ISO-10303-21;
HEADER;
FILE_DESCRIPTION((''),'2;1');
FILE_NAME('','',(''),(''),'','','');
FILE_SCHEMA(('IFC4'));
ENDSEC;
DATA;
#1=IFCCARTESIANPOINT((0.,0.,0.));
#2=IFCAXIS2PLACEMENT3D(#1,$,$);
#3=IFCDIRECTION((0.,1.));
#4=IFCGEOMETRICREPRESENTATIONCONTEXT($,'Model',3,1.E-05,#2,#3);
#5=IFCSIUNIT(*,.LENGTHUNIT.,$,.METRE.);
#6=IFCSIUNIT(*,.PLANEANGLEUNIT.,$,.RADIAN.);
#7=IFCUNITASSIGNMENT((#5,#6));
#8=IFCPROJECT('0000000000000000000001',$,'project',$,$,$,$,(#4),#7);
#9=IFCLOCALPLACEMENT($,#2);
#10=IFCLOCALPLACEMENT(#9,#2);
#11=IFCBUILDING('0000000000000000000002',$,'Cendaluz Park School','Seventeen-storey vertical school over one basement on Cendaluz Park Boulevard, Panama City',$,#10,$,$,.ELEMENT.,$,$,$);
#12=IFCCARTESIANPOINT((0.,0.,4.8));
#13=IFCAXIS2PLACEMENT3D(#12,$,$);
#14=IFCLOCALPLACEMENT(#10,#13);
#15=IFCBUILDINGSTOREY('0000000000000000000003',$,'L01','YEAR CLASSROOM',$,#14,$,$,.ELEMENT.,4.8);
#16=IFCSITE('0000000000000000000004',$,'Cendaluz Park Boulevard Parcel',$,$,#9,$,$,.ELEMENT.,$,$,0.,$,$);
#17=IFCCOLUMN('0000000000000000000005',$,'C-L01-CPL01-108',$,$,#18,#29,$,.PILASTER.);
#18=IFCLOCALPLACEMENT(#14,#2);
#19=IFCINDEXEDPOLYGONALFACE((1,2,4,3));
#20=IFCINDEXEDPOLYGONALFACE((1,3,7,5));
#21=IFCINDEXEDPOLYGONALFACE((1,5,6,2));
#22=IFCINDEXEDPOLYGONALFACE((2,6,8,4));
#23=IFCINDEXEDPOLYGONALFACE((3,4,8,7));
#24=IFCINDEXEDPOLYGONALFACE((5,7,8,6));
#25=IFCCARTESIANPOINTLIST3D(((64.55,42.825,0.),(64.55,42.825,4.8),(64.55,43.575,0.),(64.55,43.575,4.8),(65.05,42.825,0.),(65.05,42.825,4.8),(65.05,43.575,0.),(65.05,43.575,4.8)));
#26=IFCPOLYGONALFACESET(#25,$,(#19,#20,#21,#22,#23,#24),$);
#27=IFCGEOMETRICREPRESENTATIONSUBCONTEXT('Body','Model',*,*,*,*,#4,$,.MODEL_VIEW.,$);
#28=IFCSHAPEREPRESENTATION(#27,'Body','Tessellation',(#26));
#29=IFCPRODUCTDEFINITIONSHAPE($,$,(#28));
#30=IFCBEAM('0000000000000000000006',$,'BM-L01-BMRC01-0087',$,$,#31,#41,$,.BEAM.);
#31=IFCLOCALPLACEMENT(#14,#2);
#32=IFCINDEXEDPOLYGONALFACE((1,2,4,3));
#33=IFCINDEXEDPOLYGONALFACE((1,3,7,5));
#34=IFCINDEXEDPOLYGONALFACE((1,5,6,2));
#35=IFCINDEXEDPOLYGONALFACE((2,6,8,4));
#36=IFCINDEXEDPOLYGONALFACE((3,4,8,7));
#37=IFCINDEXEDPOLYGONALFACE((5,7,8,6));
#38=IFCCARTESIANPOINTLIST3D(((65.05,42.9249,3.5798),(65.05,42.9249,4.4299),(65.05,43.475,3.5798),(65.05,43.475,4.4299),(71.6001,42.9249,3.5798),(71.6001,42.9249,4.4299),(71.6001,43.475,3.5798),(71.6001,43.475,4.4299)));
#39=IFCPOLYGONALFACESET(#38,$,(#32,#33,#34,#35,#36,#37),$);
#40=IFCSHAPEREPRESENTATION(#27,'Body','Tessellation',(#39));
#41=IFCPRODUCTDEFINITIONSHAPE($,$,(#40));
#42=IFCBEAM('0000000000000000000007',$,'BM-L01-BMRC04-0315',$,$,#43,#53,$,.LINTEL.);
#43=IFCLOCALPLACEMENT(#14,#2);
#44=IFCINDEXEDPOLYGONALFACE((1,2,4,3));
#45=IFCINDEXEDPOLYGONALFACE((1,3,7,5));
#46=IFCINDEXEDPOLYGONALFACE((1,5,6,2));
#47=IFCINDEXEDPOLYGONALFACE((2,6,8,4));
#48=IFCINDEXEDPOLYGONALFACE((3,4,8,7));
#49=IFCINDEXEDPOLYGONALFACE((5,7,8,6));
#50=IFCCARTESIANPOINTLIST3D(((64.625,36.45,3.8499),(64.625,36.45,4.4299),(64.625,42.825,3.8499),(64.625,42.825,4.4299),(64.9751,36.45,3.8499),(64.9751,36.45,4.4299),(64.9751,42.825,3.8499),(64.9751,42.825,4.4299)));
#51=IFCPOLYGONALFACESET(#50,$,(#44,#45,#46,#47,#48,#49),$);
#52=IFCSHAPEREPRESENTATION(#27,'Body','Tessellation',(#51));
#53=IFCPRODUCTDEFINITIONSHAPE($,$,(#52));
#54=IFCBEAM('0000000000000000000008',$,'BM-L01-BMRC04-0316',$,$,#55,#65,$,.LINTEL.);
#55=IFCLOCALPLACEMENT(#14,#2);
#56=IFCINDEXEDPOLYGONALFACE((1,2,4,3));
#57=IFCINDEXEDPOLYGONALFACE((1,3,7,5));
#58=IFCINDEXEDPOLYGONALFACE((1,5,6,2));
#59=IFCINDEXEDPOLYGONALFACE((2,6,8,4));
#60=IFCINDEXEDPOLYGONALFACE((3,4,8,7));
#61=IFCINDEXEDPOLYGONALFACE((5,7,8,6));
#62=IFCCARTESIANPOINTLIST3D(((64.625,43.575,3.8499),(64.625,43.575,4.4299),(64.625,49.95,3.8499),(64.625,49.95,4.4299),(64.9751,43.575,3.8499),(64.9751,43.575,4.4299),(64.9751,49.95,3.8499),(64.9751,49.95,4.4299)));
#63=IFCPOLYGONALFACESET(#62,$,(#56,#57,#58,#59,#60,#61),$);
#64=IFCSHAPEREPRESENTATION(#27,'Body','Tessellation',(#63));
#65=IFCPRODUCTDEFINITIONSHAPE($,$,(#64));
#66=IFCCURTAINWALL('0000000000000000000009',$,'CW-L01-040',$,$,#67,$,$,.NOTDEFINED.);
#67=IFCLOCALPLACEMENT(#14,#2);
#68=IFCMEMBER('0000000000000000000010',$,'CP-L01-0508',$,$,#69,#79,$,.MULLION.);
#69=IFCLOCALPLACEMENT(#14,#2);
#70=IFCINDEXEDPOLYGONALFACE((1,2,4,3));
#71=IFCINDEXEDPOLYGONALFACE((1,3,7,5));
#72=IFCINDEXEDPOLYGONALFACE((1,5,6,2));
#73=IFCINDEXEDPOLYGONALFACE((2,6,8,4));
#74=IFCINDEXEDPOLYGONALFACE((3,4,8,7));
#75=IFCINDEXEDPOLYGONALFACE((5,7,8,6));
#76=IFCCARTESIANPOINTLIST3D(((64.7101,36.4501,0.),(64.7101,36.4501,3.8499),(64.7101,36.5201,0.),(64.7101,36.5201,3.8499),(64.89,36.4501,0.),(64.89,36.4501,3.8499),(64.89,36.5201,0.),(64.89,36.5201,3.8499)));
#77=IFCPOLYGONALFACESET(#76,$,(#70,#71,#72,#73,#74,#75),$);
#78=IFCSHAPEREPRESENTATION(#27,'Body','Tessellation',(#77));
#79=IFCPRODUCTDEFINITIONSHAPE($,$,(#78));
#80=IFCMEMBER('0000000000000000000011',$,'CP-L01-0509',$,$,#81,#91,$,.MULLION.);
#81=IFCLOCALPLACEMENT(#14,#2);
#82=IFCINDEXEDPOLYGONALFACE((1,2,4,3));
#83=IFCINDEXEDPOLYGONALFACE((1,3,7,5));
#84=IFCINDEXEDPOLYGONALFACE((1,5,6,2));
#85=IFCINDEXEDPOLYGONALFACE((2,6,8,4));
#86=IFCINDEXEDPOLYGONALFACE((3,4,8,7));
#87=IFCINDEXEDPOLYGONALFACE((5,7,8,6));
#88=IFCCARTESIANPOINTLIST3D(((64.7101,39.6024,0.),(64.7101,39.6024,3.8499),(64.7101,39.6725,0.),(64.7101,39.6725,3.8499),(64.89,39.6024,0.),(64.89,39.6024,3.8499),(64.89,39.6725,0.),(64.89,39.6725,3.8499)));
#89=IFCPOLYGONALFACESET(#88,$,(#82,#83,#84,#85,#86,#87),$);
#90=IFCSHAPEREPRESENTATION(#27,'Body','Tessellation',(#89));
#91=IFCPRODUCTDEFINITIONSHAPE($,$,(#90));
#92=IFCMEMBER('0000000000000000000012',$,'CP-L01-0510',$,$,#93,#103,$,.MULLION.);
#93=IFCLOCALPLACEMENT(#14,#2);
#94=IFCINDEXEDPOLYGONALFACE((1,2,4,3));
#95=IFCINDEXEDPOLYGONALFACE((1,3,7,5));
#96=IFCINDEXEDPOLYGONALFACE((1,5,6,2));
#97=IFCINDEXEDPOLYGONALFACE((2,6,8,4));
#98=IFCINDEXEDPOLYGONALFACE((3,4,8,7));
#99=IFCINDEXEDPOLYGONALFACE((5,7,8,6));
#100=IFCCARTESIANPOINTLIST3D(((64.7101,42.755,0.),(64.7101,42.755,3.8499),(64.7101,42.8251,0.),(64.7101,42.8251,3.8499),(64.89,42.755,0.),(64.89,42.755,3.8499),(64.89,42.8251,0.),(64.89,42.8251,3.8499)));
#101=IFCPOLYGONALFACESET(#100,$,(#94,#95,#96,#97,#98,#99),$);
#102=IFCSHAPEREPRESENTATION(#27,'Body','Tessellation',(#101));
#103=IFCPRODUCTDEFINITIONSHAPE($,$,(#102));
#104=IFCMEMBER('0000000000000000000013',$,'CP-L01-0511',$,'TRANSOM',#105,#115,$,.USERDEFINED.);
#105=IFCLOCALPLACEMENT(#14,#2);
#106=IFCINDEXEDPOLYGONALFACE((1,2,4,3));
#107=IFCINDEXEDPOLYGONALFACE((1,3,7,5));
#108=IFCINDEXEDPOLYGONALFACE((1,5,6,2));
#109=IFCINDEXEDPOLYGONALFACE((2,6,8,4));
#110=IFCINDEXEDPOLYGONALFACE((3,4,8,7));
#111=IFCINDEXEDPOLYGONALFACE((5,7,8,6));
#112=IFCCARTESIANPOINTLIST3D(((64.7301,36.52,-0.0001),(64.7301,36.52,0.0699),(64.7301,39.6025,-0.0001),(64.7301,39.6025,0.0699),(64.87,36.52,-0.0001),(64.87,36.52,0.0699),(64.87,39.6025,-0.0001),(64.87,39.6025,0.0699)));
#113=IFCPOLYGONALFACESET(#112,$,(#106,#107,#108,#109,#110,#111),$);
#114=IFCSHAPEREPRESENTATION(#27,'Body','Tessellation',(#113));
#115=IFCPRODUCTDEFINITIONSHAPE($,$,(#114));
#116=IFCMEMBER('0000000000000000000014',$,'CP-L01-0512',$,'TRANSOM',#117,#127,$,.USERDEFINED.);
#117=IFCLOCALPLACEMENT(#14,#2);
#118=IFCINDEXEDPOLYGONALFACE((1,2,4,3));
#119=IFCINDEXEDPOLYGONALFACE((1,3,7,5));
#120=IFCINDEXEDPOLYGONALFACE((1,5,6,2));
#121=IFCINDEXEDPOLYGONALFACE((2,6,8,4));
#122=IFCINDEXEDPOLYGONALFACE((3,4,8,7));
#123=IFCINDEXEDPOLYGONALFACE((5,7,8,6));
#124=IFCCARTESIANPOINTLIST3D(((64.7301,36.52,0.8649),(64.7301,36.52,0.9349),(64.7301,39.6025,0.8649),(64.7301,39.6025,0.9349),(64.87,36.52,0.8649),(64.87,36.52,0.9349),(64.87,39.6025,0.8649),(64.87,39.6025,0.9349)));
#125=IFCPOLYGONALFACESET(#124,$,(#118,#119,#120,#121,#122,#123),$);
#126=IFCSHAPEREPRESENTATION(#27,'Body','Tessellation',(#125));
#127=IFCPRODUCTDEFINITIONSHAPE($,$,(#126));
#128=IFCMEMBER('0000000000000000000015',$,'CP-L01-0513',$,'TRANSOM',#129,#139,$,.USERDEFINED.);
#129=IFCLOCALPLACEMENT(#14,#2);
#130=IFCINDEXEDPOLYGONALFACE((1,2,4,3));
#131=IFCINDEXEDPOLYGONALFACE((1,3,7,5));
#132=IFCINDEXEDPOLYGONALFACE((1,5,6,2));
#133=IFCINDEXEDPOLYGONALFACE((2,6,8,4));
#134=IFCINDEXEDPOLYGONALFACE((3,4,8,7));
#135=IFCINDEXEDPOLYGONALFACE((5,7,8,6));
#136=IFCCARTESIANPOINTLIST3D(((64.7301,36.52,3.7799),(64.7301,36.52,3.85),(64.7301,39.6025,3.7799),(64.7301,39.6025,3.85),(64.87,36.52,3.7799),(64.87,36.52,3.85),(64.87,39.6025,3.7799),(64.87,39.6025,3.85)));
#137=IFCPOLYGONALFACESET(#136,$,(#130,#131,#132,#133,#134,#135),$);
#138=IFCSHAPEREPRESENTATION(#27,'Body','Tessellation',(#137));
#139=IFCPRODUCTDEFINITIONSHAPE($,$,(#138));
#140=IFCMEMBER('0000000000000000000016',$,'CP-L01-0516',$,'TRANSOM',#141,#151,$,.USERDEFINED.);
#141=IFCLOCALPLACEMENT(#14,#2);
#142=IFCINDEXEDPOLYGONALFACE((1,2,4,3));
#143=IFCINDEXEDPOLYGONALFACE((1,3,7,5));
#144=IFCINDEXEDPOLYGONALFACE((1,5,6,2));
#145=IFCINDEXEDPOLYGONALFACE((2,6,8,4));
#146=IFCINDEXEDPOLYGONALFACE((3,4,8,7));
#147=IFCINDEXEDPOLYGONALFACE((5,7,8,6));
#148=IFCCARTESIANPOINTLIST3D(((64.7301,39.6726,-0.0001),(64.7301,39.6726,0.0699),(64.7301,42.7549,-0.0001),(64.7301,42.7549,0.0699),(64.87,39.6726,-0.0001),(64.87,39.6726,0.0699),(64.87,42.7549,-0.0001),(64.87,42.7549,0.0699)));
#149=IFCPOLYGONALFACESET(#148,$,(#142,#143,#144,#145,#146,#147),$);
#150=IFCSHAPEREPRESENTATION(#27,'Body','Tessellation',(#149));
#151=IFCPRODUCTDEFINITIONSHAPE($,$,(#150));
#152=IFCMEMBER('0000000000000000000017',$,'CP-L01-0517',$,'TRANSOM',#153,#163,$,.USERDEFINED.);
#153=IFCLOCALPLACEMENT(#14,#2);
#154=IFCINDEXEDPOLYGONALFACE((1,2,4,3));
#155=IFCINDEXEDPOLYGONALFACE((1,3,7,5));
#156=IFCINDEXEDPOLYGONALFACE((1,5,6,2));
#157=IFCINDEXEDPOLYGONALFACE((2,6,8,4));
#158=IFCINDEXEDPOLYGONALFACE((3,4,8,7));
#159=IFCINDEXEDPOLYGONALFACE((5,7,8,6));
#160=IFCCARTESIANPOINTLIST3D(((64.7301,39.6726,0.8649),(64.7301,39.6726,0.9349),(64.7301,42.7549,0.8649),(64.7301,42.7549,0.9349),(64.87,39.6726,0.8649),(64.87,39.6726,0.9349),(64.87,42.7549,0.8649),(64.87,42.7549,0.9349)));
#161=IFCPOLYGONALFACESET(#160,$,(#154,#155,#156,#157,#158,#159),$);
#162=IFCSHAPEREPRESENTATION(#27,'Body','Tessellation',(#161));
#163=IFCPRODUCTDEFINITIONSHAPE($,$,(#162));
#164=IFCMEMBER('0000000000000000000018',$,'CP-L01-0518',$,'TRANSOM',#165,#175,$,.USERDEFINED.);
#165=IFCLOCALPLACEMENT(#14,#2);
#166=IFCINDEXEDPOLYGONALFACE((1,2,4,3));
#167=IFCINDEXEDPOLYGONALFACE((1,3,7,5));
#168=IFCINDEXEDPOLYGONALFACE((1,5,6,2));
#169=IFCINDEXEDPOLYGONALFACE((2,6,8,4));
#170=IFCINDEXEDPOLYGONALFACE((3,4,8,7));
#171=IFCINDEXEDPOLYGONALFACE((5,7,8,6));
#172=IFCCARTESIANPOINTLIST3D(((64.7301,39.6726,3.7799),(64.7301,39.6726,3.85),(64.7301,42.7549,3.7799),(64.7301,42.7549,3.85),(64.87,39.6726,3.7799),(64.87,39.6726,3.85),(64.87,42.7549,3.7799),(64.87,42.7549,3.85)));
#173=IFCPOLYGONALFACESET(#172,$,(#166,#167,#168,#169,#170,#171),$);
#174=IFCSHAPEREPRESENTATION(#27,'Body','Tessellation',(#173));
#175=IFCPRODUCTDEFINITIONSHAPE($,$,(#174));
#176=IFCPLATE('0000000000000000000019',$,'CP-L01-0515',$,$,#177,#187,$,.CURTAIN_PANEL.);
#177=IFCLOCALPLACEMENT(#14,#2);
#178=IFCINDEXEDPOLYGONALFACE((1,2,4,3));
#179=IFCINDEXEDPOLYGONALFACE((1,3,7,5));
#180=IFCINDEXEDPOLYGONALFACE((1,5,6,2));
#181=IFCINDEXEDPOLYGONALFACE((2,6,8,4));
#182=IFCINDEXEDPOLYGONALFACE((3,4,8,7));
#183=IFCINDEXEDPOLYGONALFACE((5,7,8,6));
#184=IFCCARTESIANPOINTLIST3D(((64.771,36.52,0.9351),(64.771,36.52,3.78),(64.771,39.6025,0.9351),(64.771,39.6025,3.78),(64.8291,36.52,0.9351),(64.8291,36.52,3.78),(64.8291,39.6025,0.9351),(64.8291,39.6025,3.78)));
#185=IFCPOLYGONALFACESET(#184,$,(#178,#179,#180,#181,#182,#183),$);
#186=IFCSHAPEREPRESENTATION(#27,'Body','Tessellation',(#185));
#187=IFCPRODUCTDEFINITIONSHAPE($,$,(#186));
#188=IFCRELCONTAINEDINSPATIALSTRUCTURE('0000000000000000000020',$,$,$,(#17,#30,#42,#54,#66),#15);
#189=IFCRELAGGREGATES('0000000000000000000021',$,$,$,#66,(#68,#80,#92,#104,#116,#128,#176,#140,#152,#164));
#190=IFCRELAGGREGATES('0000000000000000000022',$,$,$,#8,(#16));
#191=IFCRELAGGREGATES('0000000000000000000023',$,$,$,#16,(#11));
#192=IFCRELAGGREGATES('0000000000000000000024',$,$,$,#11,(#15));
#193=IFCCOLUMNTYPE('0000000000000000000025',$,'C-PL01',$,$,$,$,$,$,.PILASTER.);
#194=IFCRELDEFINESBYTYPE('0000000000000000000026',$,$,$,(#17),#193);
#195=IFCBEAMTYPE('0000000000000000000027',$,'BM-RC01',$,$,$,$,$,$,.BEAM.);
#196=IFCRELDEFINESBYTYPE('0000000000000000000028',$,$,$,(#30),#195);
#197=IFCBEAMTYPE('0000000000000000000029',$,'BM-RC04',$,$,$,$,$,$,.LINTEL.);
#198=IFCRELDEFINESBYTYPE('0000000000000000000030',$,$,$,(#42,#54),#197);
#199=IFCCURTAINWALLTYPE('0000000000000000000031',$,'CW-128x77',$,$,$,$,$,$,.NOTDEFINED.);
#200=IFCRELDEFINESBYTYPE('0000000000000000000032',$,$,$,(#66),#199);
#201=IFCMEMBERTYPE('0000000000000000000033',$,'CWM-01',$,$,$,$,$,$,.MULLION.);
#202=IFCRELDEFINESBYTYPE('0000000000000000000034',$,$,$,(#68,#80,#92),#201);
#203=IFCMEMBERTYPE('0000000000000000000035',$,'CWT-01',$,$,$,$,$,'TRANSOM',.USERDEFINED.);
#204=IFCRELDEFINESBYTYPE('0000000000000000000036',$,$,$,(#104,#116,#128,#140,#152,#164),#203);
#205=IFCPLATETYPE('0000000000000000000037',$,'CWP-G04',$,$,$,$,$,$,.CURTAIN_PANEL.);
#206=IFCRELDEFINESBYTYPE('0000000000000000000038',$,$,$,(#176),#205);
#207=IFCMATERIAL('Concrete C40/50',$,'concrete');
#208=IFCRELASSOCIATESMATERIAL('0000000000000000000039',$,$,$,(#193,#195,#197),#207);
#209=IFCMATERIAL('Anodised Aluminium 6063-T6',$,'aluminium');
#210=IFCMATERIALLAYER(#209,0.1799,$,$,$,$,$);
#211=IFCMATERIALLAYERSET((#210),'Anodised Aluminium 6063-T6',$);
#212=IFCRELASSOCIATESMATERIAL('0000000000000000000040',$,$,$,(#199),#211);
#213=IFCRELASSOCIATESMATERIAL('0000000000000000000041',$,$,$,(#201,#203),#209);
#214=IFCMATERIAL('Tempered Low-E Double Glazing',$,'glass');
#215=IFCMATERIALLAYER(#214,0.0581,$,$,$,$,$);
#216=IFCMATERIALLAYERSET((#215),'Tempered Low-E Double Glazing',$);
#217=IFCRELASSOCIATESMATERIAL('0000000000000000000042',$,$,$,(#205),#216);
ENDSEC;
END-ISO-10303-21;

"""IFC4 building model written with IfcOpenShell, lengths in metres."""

from ifc_helpers import new_model, si_unit, direction, frame, origin, origin_2d, place, context, subcontext, project, spatial, rectangle, extrude, material, layer, layer_set, material_profile, profile_set, type_object, element, aggregate, save


model = new_model("IFC4")

# Units and contexts
model_context = context("Model", 3, precision=1e-05, world=origin(), true_north=direction((0.0, 1.0)))
body_context = subcontext(model_context, "Body", "Model", "MODEL_VIEW")
ifc_project = project(units=[si_unit("LENGTHUNIT", "METRE"), si_unit("PLANEANGLEUNIT", "RADIAN")], contexts=[model_context])

# Site, building, storey
site_placement = place(None, origin())
site = spatial("IfcSite", under=ifc_project, at=site_placement, Name="Cendaluz Park Boulevard Parcel", CompositionType="ELEMENT", RefElevation=0.0)
building_placement = place(site_placement, origin())
building = spatial("IfcBuilding", under=site, at=building_placement, Name="Cendaluz Park School", Description="Seventeen-storey vertical school over one basement on Cendaluz Park Boulevard, Panama City", CompositionType="ELEMENT")
storey_placement = place(building_placement, frame((0.0, 0.0, 4.8)))
storey = spatial("IfcBuildingStorey", under=building, at=storey_placement, Name="L01", Description="YEAR CLASSROOM", CompositionType="ELEMENT", Elevation=4.8)

# Column
ifc_material_1 = material(Name="Concrete C40/50", Category="concrete")
ifc_material_profile_1 = material_profile(ifc_material_1, rectangle(XDim=0.5, YDim=0.75, at=origin_2d()), Name="RC 500x750", Category="concrete")
ifc_profile_set_1 = profile_set([ifc_material_profile_1], Name="Concrete C40/50")
column_type = type_object("IfcColumnType", Name="C-PL01", PredefinedType="PILASTER", material=ifc_profile_set_1)
column_placement = place(storey_placement, frame((64.8, 43.2, 0.0), z_axis=(0.0, 0.0, 1.0), x_axis=(1.0, 0.0, 0.0)))
element("IfcColumn", 1, at=column_placement, inside=storey, type_object=column_type, Name="C-L01-CPL01-108", PredefinedType="PILASTER", context=body_context, shape_type="SweptSolid", body=[
    extrude(rectangle(XDim=0.5, YDim=0.75, at=origin_2d()), origin(), (0.0, 0.0, 1.0), 4.8),
])

# Beams
ifc_material_profile_2 = material_profile(ifc_material_1, rectangle(XDim=0.55, YDim=0.8501, at=origin_2d()), Name="RC 550x850", Category="concrete")
ifc_profile_set_2 = profile_set([ifc_material_profile_2], Name="Concrete C40/50")
beam_type_1 = type_object("IfcBeamType", Name="BM-RC01", PredefinedType="BEAM", material=ifc_profile_set_2)
beam_placement = place(storey_placement, frame((65.05, 43.2, 4.0049), z_axis=(1.0, 0.0, 0.0), x_axis=(0.0, 1.0, 0.0)))
element("IfcBeam", 2, at=beam_placement, inside=storey, type_object=beam_type_1, Name="BM-L01-BMRC01-0087", PredefinedType="BEAM", context=body_context, shape_type="SweptSolid", body=[
    extrude(rectangle(XDim=0.55, YDim=0.8501, at=origin_2d()), origin(), (0.0, 0.0, 1.0), 6.55),
])
ifc_material_profile_3 = material_profile(ifc_material_1, rectangle(XDim=0.3501, YDim=0.5801, at=origin_2d()), Name="RC 350x580", Category="concrete")
ifc_profile_set_3 = profile_set([ifc_material_profile_3], Name="Concrete C40/50")
beam_type_2 = type_object("IfcBeamType", Name="BM-RC04", PredefinedType="LINTEL", material=ifc_profile_set_3)
for number, where, z_axis, x_axis, name in (
    (3, (64.8, 36.45, 4.1399), (0.0, 1.0, 0.0), (-1.0, 0.0, 0.0), "BM-L01-BMRC04-0315"),
    (4, (64.8, 43.575, 4.1399), (0.0, 1.0, 0.0), (-1.0, 0.0, 0.0), "BM-L01-BMRC04-0316"),
):
    element("IfcBeam", number, at=place(storey_placement, frame(where, z_axis=z_axis, x_axis=x_axis)), inside=storey, type_object=beam_type_2, Name=name, PredefinedType="LINTEL", context=body_context, shape_type="SweptSolid", body=[
        extrude(rectangle(XDim=0.3501, YDim=0.5801, at=origin_2d()), origin(), (0.0, 0.0, 1.0), 6.375),
    ])

# Curtain wall, members, plate
ifc_material_2 = material(Name="Anodised Aluminium 6063-T6", Category="aluminium")
ifc_layer_1 = layer(ifc_material_2, 0.1799)
ifc_layer_set_1 = layer_set([ifc_layer_1], Name="Anodised Aluminium 6063-T6")
curtain_wall_type = type_object("IfcCurtainWallType", Name="CW-128x77", PredefinedType="NOTDEFINED", material=ifc_layer_set_1)
curtain_wall_placement = place(storey_placement, origin())
curtain_wall = element("IfcCurtainWall", 5, at=curtain_wall_placement, inside=storey, type_object=curtain_wall_type, Name="CW-L01-040", PredefinedType="NOTDEFINED")
ifc_material_profile_4 = material_profile(ifc_material_2, rectangle(XDim=0.1799, YDim=0.0701, at=origin_2d()), Name="CWM 180x70", Category="aluminium")
ifc_profile_set_4 = profile_set([ifc_material_profile_4], Name="Anodised Aluminium 6063-T6")
member_type_1 = type_object("IfcMemberType", Name="CWM-01", PredefinedType="MULLION", material=ifc_profile_set_4)
member_1_placement = place(storey_placement, frame((64.8, 36.4851, 0.0), z_axis=(0.0, 0.0, 1.0), x_axis=(-1.0, 0.0, 0.0)))
member_1 = element("IfcMember", 6, at=member_1_placement, type_object=member_type_1, Name="CP-L01-0508", PredefinedType="MULLION", context=body_context, shape_type="SweptSolid", body=[
    extrude(rectangle(XDim=0.1799, YDim=0.0701, at=origin_2d()), origin(), (0.0, 0.0, 1.0), 3.8499),
])
member_2_placement = place(storey_placement, frame((64.8, 39.6375, 0.0), z_axis=(0.0, 0.0, 1.0), x_axis=(-1.0, 0.0, 0.0)))
member_2 = element("IfcMember", 7, at=member_2_placement, type_object=member_type_1, Name="CP-L01-0509", PredefinedType="MULLION", context=body_context, shape_type="SweptSolid", body=[
    extrude(rectangle(XDim=0.1799, YDim=0.0701, at=origin_2d()), origin(), (0.0, 0.0, 1.0), 3.8499),
])
member_3_placement = place(storey_placement, frame((64.8, 42.79, 0.0), z_axis=(0.0, 0.0, 1.0), x_axis=(-1.0, 0.0, 0.0)))
member_3 = element("IfcMember", 8, at=member_3_placement, type_object=member_type_1, Name="CP-L01-0510", PredefinedType="MULLION", context=body_context, shape_type="SweptSolid", body=[
    extrude(rectangle(XDim=0.1799, YDim=0.0701, at=origin_2d()), origin(), (0.0, 0.0, 1.0), 3.8499),
])
ifc_material_profile_5 = material_profile(ifc_material_2, rectangle(XDim=0.1399, YDim=0.0701, at=origin_2d()), Name="CWT 140x70", Category="aluminium")
ifc_profile_set_5 = profile_set([ifc_material_profile_5], Name="Anodised Aluminium 6063-T6")
member_type_2 = type_object("IfcMemberType", Name="CWT-01", ElementType="TRANSOM", PredefinedType="USERDEFINED", material=ifc_profile_set_5)
member_4_placement = place(storey_placement, frame((64.8, 36.52, 0.0349), z_axis=(0.0, 1.0, 0.0), x_axis=(-1.0, 0.0, 0.0)))
member_4 = element("IfcMember", 9, at=member_4_placement, type_object=member_type_2, Name="CP-L01-0511", ObjectType="TRANSOM", PredefinedType="USERDEFINED", context=body_context, shape_type="SweptSolid", body=[
    extrude(rectangle(XDim=0.1399, YDim=0.0701, at=origin_2d()), origin(), (0.0, 0.0, 1.0), 3.0825),
])
member_5_placement = place(storey_placement, frame((64.8, 36.52, 0.8999), z_axis=(0.0, 1.0, 0.0), x_axis=(-1.0, 0.0, 0.0)))
member_5 = element("IfcMember", 10, at=member_5_placement, type_object=member_type_2, Name="CP-L01-0512", ObjectType="TRANSOM", PredefinedType="USERDEFINED", context=body_context, shape_type="SweptSolid", body=[
    extrude(rectangle(XDim=0.1399, YDim=0.0701, at=origin_2d()), origin(), (0.0, 0.0, 1.0), 3.0825),
])
member_6_placement = place(storey_placement, frame((64.8, 36.52, 3.8149), z_axis=(0.0, 1.0, 0.0), x_axis=(-1.0, 0.0, 0.0)))
member_6 = element("IfcMember", 11, at=member_6_placement, type_object=member_type_2, Name="CP-L01-0513", ObjectType="TRANSOM", PredefinedType="USERDEFINED", context=body_context, shape_type="SweptSolid", body=[
    extrude(rectangle(XDim=0.1399, YDim=0.0701, at=origin_2d()), origin(), (0.0, 0.0, 1.0), 3.0825),
])
member_7_placement = place(storey_placement, frame((64.8, 39.6726, 0.0349), z_axis=(0.0, 1.0, 0.0), x_axis=(-1.0, 0.0, 0.0)))
member_7 = element("IfcMember", 12, at=member_7_placement, type_object=member_type_2, Name="CP-L01-0516", ObjectType="TRANSOM", PredefinedType="USERDEFINED", context=body_context, shape_type="SweptSolid", body=[
    extrude(rectangle(XDim=0.1399, YDim=0.0701, at=origin_2d()), origin(), (0.0, 0.0, 1.0), 3.0823),
])
member_8_placement = place(storey_placement, frame((64.8, 39.6726, 0.8999), z_axis=(0.0, 1.0, 0.0), x_axis=(-1.0, 0.0, 0.0)))
member_8 = element("IfcMember", 13, at=member_8_placement, type_object=member_type_2, Name="CP-L01-0517", ObjectType="TRANSOM", PredefinedType="USERDEFINED", context=body_context, shape_type="SweptSolid", body=[
    extrude(rectangle(XDim=0.1399, YDim=0.0701, at=origin_2d()), origin(), (0.0, 0.0, 1.0), 3.0823),
])
member_9_placement = place(storey_placement, frame((64.8, 39.6726, 3.8149), z_axis=(0.0, 1.0, 0.0), x_axis=(-1.0, 0.0, 0.0)))
member_9 = element("IfcMember", 14, at=member_9_placement, type_object=member_type_2, Name="CP-L01-0518", ObjectType="TRANSOM", PredefinedType="USERDEFINED", context=body_context, shape_type="SweptSolid", body=[
    extrude(rectangle(XDim=0.1399, YDim=0.0701, at=origin_2d()), origin(), (0.0, 0.0, 1.0), 3.0823),
])
ifc_material_3 = material(Name="Tempered Low-E Double Glazing", Category="glass")
ifc_layer_2 = layer(ifc_material_3, 0.0581)
ifc_layer_set_2 = layer_set([ifc_layer_2], Name="Tempered Low-E Double Glazing")
plate_type_1 = type_object("IfcPlateType", Name="CWP-G04", PredefinedType="CURTAIN_PANEL", material=ifc_layer_set_2)
plate_1_placement = place(storey_placement, frame((64.8, 38.0613, 0.9351), z_axis=(0.0, 0.0, 1.0), x_axis=(0.0, 1.0, 0.0)))
plate_1 = element("IfcPlate", 15, at=plate_1_placement, type_object=plate_type_1, Name="CP-L01-0515", PredefinedType="CURTAIN_PANEL", context=body_context, shape_type="SweptSolid", body=[
    extrude(rectangle(XDim=3.0825, YDim=0.0581, at=origin_2d()), origin(), (0.0, 0.0, 1.0), 2.845),
])
aggregate(curtain_wall, [member_1, member_2, member_3, member_4, member_5, member_6, plate_1, member_7, member_8, member_9])

save(model, "model.ifc")
